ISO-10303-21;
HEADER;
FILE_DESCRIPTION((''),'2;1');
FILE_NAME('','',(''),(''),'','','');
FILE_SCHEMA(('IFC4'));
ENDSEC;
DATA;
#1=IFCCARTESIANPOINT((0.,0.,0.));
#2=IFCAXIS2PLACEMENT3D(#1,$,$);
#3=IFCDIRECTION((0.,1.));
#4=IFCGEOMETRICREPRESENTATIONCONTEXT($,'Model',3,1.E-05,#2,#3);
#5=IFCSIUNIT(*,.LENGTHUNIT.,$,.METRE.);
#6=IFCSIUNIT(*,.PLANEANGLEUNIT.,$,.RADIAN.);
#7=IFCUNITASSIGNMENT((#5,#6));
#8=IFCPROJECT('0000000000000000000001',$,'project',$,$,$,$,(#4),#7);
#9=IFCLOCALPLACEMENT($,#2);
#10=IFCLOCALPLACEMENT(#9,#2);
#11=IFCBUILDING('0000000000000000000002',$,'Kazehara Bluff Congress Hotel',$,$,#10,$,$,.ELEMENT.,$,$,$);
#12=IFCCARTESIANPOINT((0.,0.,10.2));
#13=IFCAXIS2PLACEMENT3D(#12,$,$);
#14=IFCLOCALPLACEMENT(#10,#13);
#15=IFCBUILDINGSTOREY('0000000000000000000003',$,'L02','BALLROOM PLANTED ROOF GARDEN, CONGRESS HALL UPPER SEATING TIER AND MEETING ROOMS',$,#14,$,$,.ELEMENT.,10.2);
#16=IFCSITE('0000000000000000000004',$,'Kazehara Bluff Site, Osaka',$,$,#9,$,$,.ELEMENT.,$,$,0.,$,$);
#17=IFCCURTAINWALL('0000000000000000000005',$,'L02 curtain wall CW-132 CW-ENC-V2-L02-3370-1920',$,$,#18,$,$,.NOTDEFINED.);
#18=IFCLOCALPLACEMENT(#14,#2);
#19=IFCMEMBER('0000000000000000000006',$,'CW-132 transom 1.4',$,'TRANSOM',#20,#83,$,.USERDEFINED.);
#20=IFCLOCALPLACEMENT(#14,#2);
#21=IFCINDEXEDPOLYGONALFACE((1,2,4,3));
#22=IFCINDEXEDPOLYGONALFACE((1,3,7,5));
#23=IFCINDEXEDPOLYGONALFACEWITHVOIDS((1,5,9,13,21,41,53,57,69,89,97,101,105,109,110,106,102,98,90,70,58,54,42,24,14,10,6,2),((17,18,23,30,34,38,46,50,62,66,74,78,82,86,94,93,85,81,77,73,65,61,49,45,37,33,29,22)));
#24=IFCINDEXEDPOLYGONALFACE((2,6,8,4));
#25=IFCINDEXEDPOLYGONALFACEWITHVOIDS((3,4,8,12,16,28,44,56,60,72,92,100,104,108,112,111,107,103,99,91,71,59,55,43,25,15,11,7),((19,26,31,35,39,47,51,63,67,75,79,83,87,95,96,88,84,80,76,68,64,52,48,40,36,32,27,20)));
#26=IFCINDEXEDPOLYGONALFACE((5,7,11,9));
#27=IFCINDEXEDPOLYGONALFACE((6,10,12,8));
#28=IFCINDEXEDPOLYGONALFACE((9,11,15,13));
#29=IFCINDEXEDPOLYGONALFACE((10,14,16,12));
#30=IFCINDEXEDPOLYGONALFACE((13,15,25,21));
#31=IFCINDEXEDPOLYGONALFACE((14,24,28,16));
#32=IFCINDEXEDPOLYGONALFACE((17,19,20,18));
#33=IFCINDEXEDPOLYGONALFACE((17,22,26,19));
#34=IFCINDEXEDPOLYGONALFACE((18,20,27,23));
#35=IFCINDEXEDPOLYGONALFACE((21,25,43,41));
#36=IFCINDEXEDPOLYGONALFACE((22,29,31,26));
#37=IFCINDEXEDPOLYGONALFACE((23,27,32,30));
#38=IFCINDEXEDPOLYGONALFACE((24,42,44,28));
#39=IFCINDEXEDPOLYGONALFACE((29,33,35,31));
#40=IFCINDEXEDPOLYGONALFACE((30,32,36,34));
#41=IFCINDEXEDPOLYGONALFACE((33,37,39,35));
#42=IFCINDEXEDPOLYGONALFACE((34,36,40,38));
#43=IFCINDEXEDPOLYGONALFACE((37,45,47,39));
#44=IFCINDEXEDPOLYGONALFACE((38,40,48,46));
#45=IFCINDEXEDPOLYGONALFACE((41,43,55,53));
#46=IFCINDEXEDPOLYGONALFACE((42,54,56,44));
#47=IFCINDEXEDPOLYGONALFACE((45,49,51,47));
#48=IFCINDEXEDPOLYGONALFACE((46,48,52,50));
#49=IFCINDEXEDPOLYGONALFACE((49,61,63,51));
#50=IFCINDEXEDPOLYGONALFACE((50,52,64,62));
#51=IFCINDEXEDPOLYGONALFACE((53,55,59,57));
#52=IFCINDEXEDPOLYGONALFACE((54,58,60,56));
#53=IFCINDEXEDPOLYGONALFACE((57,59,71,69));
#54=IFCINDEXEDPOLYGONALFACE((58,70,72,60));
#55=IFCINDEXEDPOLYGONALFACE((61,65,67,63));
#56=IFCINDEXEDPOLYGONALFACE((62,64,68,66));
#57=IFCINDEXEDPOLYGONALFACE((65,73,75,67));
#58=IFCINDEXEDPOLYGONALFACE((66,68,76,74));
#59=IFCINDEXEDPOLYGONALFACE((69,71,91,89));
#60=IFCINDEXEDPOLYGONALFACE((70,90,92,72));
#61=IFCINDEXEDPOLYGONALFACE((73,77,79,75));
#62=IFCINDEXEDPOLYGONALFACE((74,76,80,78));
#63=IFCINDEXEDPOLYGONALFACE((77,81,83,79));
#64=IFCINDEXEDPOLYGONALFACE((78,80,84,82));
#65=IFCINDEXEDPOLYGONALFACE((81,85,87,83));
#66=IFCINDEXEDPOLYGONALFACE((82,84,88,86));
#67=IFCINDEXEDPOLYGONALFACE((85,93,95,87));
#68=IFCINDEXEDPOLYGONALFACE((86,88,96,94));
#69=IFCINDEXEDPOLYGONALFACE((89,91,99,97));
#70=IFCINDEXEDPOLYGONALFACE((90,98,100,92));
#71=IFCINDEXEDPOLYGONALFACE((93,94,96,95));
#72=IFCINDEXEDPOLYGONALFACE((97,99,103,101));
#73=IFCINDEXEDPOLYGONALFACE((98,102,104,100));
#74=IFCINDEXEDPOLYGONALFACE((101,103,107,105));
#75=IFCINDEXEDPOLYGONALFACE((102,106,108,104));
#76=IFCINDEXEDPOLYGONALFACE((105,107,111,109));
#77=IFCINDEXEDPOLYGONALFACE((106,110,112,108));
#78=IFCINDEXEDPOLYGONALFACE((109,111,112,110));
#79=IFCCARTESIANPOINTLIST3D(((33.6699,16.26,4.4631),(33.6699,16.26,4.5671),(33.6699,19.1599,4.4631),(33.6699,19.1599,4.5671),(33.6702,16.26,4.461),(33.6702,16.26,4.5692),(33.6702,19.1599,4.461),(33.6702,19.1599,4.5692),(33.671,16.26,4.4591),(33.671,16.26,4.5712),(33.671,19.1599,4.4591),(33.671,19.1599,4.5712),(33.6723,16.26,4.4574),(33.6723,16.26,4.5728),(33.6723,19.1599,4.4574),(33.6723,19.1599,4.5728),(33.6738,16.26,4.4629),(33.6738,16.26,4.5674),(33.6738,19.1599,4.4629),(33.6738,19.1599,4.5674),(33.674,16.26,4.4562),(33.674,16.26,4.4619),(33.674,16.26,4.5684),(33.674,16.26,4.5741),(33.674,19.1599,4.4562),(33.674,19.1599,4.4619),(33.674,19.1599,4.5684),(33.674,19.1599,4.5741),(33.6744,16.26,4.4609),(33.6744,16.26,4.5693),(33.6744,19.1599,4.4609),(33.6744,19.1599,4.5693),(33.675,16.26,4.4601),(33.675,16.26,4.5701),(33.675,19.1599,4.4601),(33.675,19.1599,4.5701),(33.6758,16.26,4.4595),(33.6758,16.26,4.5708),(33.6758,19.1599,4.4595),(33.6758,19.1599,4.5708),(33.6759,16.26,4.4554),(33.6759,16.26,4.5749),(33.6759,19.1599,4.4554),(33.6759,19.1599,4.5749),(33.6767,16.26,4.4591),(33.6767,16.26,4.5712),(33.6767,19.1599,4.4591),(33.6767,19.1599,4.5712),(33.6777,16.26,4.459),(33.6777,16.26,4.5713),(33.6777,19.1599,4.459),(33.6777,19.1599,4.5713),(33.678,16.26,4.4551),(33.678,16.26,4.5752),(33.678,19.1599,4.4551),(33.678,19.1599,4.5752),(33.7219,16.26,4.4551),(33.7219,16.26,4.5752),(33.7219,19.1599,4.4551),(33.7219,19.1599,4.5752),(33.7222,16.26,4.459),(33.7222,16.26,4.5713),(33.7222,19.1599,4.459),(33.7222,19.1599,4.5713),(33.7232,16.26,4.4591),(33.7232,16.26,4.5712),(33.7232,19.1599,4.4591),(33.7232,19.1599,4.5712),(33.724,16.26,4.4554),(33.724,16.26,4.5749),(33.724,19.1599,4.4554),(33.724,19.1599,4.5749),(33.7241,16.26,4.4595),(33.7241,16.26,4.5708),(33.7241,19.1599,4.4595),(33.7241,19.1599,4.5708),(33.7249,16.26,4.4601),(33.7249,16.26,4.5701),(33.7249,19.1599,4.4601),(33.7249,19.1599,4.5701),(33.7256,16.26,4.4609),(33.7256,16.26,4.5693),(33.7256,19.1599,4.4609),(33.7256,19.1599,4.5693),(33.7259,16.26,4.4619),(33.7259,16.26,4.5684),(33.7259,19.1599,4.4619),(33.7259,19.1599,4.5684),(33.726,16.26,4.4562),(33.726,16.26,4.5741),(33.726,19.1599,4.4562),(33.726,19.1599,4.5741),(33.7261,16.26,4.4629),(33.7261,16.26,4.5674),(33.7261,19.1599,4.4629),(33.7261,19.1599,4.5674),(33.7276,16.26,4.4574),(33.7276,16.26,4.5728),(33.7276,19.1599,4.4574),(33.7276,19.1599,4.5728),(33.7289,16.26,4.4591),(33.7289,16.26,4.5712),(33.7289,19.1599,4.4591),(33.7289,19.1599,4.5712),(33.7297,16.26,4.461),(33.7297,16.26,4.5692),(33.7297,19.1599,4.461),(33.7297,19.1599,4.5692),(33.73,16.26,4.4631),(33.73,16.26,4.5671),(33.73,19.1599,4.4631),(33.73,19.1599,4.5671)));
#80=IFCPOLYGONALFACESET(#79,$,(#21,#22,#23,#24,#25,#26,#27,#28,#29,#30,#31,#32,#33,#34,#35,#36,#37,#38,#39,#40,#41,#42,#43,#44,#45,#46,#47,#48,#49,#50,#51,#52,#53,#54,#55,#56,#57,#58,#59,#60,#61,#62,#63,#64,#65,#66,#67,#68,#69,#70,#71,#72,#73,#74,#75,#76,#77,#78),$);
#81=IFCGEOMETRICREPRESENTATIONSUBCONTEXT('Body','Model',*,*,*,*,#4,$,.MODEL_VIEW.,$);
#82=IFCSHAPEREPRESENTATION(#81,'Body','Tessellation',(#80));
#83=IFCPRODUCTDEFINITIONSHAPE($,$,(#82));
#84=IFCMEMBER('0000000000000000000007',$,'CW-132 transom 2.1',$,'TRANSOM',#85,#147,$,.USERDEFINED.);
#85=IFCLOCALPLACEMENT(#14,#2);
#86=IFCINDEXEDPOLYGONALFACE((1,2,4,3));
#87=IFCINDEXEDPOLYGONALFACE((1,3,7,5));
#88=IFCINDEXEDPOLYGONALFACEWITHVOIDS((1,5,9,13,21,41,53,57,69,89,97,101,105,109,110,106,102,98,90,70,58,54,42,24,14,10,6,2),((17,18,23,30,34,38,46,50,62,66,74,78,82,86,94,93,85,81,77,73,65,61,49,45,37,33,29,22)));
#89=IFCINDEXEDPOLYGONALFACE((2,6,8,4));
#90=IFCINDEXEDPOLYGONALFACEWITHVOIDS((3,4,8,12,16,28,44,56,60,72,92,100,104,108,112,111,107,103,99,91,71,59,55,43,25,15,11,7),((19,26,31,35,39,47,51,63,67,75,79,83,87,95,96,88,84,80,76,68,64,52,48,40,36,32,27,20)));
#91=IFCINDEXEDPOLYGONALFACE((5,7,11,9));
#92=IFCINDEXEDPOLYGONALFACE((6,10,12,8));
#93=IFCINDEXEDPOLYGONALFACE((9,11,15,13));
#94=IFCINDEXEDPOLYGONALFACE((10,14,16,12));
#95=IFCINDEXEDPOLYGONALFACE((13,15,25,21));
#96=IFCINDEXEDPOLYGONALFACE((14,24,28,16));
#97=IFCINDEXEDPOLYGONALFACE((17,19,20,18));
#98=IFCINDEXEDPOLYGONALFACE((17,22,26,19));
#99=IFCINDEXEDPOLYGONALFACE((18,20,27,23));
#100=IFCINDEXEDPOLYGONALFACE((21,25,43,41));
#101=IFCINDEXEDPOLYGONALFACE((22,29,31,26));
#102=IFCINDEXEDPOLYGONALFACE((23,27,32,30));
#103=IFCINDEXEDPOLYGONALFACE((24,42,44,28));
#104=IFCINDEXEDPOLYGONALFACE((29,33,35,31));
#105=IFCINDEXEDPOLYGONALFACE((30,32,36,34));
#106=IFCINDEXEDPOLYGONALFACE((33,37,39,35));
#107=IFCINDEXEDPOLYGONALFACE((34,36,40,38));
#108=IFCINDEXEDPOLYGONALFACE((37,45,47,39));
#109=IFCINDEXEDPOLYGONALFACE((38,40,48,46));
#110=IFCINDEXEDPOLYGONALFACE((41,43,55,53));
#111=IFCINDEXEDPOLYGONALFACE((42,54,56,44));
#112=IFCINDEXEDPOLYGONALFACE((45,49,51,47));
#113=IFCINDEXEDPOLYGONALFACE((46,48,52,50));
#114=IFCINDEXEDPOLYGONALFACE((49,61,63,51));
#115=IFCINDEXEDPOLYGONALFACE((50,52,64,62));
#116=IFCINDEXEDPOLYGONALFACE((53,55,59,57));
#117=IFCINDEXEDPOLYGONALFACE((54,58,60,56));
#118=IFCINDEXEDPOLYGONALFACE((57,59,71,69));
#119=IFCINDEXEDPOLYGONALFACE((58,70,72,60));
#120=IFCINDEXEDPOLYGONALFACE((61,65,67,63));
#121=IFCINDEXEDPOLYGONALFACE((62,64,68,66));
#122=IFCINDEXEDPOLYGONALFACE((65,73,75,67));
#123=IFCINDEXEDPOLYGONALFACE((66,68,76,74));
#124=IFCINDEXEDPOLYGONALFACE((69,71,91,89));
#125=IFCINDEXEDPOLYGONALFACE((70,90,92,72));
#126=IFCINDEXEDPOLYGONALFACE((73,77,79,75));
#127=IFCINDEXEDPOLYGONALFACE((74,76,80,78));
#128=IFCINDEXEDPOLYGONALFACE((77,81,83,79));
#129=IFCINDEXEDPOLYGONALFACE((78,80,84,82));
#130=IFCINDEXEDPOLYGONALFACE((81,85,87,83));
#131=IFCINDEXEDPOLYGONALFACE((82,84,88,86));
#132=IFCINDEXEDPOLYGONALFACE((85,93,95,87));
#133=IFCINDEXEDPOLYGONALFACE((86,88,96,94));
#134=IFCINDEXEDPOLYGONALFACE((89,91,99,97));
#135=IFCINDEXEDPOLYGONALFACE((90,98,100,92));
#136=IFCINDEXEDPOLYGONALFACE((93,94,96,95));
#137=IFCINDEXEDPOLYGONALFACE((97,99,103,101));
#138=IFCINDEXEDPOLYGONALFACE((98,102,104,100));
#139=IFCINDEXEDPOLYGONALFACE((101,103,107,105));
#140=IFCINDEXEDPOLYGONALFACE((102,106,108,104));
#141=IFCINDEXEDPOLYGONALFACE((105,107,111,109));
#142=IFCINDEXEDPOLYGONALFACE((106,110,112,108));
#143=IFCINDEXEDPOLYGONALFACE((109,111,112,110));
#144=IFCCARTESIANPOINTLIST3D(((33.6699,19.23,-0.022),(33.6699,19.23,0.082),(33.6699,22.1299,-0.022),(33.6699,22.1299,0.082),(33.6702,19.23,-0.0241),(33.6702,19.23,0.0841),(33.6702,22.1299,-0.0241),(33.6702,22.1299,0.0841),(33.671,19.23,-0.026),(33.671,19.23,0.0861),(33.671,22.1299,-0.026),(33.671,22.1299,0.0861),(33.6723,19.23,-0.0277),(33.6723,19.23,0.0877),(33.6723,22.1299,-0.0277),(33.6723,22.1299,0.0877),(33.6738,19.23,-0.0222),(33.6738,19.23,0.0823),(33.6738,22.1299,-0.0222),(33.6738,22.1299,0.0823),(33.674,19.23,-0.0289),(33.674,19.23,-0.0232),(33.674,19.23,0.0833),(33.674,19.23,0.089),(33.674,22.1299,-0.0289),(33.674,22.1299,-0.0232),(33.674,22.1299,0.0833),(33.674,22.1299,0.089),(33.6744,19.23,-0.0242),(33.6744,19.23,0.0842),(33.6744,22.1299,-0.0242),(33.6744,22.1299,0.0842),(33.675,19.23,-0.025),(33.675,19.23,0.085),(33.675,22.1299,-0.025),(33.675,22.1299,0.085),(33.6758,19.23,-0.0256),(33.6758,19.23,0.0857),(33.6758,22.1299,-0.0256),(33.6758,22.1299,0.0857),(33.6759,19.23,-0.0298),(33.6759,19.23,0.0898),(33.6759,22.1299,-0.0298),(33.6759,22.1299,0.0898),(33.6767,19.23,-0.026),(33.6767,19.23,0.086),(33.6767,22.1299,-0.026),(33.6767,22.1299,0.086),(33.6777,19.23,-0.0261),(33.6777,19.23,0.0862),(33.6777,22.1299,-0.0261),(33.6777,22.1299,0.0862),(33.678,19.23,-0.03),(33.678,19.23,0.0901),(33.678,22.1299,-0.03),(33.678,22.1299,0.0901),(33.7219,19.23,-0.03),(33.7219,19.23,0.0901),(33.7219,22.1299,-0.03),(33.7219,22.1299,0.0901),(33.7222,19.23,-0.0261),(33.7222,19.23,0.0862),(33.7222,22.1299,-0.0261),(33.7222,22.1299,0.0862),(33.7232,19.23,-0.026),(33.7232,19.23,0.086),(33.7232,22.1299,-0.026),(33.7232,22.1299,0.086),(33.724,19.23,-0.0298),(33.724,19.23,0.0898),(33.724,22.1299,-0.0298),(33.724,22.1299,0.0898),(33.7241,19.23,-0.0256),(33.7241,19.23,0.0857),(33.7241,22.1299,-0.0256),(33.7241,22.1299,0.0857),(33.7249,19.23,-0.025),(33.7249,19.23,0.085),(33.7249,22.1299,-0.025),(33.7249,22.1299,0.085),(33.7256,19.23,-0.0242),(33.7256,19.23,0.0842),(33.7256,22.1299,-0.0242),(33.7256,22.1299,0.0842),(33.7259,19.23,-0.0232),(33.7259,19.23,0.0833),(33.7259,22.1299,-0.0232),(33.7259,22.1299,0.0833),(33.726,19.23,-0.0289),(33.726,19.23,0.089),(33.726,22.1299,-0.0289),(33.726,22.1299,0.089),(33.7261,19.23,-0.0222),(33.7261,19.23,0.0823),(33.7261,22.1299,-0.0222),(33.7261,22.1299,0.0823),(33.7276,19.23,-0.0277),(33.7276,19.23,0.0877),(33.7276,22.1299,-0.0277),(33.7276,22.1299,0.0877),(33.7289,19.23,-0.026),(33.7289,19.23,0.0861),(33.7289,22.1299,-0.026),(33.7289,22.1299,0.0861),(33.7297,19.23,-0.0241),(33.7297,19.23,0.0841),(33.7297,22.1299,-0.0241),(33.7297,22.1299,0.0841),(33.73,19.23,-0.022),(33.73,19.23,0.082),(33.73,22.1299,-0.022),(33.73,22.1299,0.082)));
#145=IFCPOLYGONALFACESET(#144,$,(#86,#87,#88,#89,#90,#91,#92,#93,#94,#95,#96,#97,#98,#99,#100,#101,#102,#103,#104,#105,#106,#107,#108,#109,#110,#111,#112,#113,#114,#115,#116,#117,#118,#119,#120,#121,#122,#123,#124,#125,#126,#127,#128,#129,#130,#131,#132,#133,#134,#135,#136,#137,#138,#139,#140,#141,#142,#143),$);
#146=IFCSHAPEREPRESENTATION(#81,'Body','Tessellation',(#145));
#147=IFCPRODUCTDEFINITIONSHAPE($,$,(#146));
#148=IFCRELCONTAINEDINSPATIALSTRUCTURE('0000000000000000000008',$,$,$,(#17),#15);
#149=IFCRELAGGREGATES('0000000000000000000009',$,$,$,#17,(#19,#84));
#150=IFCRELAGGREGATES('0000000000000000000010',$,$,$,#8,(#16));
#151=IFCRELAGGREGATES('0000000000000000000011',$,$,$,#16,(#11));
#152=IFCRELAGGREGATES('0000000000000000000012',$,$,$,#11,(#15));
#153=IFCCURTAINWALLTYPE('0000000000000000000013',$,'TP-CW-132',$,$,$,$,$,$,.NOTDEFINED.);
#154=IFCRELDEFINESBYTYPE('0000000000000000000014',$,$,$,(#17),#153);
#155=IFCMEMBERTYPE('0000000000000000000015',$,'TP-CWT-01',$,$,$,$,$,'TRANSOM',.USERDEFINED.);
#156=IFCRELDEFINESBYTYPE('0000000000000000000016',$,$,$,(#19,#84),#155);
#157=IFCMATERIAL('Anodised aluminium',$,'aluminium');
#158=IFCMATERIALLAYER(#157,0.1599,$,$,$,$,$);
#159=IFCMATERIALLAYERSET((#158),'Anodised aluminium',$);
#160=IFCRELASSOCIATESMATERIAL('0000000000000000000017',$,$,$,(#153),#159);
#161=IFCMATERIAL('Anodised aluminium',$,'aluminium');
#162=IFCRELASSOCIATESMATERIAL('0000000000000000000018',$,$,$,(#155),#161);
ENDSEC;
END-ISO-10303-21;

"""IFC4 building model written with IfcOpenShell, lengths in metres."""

from ifc_helpers import new_model, si_unit, direction, frame, origin, origin_2d, place, context, subcontext, project, spatial, hollow_rectangle, extrude, material, layer, layer_set, material_profile, profile_set, type_object, element, aggregate, save


model = new_model("IFC4")

# Units and contexts
model_context = context("Model", 3, precision=1e-05, world=origin(), true_north=direction((0.0, 1.0)))
body_context = subcontext(model_context, "Body", "Model", "MODEL_VIEW")
ifc_project = project(units=[si_unit("LENGTHUNIT", "METRE"), si_unit("PLANEANGLEUNIT", "RADIAN")], contexts=[model_context])

# Site, building, storey
site_placement = place(None, origin())
site = spatial("IfcSite", under=ifc_project, at=site_placement, Name="Kazehara Bluff Site, Osaka", CompositionType="ELEMENT", RefElevation=0.0)
building_placement = place(site_placement, origin())
building = spatial("IfcBuilding", under=site, at=building_placement, Name="Kazehara Bluff Congress Hotel", CompositionType="ELEMENT")
storey_placement = place(building_placement, frame((0.0, 0.0, 10.2)))
storey = spatial("IfcBuildingStorey", under=building, at=storey_placement, Name="L02", Description="BALLROOM PLANTED ROOF GARDEN, CONGRESS HALL UPPER SEATING TIER AND MEETING ROOMS", CompositionType="ELEMENT", Elevation=10.2)

# Curtain wall
ifc_material_1 = material(Name="Anodised aluminium", Category="aluminium")
ifc_layer_1 = layer(ifc_material_1, 0.1599)
ifc_layer_set_1 = layer_set([ifc_layer_1], Name="Anodised aluminium")
curtain_wall_type_1 = type_object("IfcCurtainWallType", Name="TP-CW-132", PredefinedType="NOTDEFINED", material=ifc_layer_set_1)
curtain_wall_1_placement = place(storey_placement, origin())
curtain_wall_1 = element("IfcCurtainWall", 1, at=curtain_wall_1_placement, inside=storey, type_object=curtain_wall_type_1, Name="L02 curtain wall CW-132 CW-ENC-V2-L02-3370-1920", PredefinedType="NOTDEFINED")

# Members
ifc_material_2 = material(Name="Anodised aluminium", Category="aluminium")
ifc_material_profile_1 = material_profile(ifc_material_2, hollow_rectangle(XDim=0.0601, YDim=0.1201, WallThickness=0.0039, InnerFilletRadius=0.0039, OuterFilletRadius=0.0081, at=origin_2d()))
ifc_profile_set_1 = profile_set([ifc_material_profile_1], Name="Anodised aluminium")
member_type_1 = type_object("IfcMemberType", Name="TP-CWT-01", ElementType="TRANSOM", PredefinedType="USERDEFINED", material=ifc_profile_set_1)
member_1_placement = place(storey_placement, frame((33.7, 16.26, 4.5151), z_axis=(0.0, 1.0, 0.0), x_axis=(-1.0, 0.0, 0.0)))
member_1 = element("IfcMember", 2, at=member_1_placement, type_object=member_type_1, Name="CW-132 transom 1.4", ObjectType="TRANSOM", PredefinedType="USERDEFINED", context=body_context, shape_type="SweptSolid", body=[
    extrude(hollow_rectangle(XDim=0.0601, YDim=0.1201, WallThickness=0.0039, InnerFilletRadius=0.0039, OuterFilletRadius=0.0081, at=origin_2d()), origin(), (0.0, 0.0, 1.0), 2.8999),
])
member_2_placement = place(storey_placement, frame((33.7, 19.23, 0.03), z_axis=(0.0, 1.0, 0.0), x_axis=(-1.0, 0.0, 0.0)))
member_2 = element("IfcMember", 3, at=member_2_placement, type_object=member_type_1, Name="CW-132 transom 2.1", ObjectType="TRANSOM", PredefinedType="USERDEFINED", context=body_context, shape_type="SweptSolid", body=[
    extrude(hollow_rectangle(XDim=0.0601, YDim=0.1201, WallThickness=0.0039, InnerFilletRadius=0.0039, OuterFilletRadius=0.0081, at=origin_2d()), origin(), (0.0, 0.0, 1.0), 2.8999),
])

aggregate(curtain_wall_1, [member_1, member_2])

save(model, "model.ifc")
